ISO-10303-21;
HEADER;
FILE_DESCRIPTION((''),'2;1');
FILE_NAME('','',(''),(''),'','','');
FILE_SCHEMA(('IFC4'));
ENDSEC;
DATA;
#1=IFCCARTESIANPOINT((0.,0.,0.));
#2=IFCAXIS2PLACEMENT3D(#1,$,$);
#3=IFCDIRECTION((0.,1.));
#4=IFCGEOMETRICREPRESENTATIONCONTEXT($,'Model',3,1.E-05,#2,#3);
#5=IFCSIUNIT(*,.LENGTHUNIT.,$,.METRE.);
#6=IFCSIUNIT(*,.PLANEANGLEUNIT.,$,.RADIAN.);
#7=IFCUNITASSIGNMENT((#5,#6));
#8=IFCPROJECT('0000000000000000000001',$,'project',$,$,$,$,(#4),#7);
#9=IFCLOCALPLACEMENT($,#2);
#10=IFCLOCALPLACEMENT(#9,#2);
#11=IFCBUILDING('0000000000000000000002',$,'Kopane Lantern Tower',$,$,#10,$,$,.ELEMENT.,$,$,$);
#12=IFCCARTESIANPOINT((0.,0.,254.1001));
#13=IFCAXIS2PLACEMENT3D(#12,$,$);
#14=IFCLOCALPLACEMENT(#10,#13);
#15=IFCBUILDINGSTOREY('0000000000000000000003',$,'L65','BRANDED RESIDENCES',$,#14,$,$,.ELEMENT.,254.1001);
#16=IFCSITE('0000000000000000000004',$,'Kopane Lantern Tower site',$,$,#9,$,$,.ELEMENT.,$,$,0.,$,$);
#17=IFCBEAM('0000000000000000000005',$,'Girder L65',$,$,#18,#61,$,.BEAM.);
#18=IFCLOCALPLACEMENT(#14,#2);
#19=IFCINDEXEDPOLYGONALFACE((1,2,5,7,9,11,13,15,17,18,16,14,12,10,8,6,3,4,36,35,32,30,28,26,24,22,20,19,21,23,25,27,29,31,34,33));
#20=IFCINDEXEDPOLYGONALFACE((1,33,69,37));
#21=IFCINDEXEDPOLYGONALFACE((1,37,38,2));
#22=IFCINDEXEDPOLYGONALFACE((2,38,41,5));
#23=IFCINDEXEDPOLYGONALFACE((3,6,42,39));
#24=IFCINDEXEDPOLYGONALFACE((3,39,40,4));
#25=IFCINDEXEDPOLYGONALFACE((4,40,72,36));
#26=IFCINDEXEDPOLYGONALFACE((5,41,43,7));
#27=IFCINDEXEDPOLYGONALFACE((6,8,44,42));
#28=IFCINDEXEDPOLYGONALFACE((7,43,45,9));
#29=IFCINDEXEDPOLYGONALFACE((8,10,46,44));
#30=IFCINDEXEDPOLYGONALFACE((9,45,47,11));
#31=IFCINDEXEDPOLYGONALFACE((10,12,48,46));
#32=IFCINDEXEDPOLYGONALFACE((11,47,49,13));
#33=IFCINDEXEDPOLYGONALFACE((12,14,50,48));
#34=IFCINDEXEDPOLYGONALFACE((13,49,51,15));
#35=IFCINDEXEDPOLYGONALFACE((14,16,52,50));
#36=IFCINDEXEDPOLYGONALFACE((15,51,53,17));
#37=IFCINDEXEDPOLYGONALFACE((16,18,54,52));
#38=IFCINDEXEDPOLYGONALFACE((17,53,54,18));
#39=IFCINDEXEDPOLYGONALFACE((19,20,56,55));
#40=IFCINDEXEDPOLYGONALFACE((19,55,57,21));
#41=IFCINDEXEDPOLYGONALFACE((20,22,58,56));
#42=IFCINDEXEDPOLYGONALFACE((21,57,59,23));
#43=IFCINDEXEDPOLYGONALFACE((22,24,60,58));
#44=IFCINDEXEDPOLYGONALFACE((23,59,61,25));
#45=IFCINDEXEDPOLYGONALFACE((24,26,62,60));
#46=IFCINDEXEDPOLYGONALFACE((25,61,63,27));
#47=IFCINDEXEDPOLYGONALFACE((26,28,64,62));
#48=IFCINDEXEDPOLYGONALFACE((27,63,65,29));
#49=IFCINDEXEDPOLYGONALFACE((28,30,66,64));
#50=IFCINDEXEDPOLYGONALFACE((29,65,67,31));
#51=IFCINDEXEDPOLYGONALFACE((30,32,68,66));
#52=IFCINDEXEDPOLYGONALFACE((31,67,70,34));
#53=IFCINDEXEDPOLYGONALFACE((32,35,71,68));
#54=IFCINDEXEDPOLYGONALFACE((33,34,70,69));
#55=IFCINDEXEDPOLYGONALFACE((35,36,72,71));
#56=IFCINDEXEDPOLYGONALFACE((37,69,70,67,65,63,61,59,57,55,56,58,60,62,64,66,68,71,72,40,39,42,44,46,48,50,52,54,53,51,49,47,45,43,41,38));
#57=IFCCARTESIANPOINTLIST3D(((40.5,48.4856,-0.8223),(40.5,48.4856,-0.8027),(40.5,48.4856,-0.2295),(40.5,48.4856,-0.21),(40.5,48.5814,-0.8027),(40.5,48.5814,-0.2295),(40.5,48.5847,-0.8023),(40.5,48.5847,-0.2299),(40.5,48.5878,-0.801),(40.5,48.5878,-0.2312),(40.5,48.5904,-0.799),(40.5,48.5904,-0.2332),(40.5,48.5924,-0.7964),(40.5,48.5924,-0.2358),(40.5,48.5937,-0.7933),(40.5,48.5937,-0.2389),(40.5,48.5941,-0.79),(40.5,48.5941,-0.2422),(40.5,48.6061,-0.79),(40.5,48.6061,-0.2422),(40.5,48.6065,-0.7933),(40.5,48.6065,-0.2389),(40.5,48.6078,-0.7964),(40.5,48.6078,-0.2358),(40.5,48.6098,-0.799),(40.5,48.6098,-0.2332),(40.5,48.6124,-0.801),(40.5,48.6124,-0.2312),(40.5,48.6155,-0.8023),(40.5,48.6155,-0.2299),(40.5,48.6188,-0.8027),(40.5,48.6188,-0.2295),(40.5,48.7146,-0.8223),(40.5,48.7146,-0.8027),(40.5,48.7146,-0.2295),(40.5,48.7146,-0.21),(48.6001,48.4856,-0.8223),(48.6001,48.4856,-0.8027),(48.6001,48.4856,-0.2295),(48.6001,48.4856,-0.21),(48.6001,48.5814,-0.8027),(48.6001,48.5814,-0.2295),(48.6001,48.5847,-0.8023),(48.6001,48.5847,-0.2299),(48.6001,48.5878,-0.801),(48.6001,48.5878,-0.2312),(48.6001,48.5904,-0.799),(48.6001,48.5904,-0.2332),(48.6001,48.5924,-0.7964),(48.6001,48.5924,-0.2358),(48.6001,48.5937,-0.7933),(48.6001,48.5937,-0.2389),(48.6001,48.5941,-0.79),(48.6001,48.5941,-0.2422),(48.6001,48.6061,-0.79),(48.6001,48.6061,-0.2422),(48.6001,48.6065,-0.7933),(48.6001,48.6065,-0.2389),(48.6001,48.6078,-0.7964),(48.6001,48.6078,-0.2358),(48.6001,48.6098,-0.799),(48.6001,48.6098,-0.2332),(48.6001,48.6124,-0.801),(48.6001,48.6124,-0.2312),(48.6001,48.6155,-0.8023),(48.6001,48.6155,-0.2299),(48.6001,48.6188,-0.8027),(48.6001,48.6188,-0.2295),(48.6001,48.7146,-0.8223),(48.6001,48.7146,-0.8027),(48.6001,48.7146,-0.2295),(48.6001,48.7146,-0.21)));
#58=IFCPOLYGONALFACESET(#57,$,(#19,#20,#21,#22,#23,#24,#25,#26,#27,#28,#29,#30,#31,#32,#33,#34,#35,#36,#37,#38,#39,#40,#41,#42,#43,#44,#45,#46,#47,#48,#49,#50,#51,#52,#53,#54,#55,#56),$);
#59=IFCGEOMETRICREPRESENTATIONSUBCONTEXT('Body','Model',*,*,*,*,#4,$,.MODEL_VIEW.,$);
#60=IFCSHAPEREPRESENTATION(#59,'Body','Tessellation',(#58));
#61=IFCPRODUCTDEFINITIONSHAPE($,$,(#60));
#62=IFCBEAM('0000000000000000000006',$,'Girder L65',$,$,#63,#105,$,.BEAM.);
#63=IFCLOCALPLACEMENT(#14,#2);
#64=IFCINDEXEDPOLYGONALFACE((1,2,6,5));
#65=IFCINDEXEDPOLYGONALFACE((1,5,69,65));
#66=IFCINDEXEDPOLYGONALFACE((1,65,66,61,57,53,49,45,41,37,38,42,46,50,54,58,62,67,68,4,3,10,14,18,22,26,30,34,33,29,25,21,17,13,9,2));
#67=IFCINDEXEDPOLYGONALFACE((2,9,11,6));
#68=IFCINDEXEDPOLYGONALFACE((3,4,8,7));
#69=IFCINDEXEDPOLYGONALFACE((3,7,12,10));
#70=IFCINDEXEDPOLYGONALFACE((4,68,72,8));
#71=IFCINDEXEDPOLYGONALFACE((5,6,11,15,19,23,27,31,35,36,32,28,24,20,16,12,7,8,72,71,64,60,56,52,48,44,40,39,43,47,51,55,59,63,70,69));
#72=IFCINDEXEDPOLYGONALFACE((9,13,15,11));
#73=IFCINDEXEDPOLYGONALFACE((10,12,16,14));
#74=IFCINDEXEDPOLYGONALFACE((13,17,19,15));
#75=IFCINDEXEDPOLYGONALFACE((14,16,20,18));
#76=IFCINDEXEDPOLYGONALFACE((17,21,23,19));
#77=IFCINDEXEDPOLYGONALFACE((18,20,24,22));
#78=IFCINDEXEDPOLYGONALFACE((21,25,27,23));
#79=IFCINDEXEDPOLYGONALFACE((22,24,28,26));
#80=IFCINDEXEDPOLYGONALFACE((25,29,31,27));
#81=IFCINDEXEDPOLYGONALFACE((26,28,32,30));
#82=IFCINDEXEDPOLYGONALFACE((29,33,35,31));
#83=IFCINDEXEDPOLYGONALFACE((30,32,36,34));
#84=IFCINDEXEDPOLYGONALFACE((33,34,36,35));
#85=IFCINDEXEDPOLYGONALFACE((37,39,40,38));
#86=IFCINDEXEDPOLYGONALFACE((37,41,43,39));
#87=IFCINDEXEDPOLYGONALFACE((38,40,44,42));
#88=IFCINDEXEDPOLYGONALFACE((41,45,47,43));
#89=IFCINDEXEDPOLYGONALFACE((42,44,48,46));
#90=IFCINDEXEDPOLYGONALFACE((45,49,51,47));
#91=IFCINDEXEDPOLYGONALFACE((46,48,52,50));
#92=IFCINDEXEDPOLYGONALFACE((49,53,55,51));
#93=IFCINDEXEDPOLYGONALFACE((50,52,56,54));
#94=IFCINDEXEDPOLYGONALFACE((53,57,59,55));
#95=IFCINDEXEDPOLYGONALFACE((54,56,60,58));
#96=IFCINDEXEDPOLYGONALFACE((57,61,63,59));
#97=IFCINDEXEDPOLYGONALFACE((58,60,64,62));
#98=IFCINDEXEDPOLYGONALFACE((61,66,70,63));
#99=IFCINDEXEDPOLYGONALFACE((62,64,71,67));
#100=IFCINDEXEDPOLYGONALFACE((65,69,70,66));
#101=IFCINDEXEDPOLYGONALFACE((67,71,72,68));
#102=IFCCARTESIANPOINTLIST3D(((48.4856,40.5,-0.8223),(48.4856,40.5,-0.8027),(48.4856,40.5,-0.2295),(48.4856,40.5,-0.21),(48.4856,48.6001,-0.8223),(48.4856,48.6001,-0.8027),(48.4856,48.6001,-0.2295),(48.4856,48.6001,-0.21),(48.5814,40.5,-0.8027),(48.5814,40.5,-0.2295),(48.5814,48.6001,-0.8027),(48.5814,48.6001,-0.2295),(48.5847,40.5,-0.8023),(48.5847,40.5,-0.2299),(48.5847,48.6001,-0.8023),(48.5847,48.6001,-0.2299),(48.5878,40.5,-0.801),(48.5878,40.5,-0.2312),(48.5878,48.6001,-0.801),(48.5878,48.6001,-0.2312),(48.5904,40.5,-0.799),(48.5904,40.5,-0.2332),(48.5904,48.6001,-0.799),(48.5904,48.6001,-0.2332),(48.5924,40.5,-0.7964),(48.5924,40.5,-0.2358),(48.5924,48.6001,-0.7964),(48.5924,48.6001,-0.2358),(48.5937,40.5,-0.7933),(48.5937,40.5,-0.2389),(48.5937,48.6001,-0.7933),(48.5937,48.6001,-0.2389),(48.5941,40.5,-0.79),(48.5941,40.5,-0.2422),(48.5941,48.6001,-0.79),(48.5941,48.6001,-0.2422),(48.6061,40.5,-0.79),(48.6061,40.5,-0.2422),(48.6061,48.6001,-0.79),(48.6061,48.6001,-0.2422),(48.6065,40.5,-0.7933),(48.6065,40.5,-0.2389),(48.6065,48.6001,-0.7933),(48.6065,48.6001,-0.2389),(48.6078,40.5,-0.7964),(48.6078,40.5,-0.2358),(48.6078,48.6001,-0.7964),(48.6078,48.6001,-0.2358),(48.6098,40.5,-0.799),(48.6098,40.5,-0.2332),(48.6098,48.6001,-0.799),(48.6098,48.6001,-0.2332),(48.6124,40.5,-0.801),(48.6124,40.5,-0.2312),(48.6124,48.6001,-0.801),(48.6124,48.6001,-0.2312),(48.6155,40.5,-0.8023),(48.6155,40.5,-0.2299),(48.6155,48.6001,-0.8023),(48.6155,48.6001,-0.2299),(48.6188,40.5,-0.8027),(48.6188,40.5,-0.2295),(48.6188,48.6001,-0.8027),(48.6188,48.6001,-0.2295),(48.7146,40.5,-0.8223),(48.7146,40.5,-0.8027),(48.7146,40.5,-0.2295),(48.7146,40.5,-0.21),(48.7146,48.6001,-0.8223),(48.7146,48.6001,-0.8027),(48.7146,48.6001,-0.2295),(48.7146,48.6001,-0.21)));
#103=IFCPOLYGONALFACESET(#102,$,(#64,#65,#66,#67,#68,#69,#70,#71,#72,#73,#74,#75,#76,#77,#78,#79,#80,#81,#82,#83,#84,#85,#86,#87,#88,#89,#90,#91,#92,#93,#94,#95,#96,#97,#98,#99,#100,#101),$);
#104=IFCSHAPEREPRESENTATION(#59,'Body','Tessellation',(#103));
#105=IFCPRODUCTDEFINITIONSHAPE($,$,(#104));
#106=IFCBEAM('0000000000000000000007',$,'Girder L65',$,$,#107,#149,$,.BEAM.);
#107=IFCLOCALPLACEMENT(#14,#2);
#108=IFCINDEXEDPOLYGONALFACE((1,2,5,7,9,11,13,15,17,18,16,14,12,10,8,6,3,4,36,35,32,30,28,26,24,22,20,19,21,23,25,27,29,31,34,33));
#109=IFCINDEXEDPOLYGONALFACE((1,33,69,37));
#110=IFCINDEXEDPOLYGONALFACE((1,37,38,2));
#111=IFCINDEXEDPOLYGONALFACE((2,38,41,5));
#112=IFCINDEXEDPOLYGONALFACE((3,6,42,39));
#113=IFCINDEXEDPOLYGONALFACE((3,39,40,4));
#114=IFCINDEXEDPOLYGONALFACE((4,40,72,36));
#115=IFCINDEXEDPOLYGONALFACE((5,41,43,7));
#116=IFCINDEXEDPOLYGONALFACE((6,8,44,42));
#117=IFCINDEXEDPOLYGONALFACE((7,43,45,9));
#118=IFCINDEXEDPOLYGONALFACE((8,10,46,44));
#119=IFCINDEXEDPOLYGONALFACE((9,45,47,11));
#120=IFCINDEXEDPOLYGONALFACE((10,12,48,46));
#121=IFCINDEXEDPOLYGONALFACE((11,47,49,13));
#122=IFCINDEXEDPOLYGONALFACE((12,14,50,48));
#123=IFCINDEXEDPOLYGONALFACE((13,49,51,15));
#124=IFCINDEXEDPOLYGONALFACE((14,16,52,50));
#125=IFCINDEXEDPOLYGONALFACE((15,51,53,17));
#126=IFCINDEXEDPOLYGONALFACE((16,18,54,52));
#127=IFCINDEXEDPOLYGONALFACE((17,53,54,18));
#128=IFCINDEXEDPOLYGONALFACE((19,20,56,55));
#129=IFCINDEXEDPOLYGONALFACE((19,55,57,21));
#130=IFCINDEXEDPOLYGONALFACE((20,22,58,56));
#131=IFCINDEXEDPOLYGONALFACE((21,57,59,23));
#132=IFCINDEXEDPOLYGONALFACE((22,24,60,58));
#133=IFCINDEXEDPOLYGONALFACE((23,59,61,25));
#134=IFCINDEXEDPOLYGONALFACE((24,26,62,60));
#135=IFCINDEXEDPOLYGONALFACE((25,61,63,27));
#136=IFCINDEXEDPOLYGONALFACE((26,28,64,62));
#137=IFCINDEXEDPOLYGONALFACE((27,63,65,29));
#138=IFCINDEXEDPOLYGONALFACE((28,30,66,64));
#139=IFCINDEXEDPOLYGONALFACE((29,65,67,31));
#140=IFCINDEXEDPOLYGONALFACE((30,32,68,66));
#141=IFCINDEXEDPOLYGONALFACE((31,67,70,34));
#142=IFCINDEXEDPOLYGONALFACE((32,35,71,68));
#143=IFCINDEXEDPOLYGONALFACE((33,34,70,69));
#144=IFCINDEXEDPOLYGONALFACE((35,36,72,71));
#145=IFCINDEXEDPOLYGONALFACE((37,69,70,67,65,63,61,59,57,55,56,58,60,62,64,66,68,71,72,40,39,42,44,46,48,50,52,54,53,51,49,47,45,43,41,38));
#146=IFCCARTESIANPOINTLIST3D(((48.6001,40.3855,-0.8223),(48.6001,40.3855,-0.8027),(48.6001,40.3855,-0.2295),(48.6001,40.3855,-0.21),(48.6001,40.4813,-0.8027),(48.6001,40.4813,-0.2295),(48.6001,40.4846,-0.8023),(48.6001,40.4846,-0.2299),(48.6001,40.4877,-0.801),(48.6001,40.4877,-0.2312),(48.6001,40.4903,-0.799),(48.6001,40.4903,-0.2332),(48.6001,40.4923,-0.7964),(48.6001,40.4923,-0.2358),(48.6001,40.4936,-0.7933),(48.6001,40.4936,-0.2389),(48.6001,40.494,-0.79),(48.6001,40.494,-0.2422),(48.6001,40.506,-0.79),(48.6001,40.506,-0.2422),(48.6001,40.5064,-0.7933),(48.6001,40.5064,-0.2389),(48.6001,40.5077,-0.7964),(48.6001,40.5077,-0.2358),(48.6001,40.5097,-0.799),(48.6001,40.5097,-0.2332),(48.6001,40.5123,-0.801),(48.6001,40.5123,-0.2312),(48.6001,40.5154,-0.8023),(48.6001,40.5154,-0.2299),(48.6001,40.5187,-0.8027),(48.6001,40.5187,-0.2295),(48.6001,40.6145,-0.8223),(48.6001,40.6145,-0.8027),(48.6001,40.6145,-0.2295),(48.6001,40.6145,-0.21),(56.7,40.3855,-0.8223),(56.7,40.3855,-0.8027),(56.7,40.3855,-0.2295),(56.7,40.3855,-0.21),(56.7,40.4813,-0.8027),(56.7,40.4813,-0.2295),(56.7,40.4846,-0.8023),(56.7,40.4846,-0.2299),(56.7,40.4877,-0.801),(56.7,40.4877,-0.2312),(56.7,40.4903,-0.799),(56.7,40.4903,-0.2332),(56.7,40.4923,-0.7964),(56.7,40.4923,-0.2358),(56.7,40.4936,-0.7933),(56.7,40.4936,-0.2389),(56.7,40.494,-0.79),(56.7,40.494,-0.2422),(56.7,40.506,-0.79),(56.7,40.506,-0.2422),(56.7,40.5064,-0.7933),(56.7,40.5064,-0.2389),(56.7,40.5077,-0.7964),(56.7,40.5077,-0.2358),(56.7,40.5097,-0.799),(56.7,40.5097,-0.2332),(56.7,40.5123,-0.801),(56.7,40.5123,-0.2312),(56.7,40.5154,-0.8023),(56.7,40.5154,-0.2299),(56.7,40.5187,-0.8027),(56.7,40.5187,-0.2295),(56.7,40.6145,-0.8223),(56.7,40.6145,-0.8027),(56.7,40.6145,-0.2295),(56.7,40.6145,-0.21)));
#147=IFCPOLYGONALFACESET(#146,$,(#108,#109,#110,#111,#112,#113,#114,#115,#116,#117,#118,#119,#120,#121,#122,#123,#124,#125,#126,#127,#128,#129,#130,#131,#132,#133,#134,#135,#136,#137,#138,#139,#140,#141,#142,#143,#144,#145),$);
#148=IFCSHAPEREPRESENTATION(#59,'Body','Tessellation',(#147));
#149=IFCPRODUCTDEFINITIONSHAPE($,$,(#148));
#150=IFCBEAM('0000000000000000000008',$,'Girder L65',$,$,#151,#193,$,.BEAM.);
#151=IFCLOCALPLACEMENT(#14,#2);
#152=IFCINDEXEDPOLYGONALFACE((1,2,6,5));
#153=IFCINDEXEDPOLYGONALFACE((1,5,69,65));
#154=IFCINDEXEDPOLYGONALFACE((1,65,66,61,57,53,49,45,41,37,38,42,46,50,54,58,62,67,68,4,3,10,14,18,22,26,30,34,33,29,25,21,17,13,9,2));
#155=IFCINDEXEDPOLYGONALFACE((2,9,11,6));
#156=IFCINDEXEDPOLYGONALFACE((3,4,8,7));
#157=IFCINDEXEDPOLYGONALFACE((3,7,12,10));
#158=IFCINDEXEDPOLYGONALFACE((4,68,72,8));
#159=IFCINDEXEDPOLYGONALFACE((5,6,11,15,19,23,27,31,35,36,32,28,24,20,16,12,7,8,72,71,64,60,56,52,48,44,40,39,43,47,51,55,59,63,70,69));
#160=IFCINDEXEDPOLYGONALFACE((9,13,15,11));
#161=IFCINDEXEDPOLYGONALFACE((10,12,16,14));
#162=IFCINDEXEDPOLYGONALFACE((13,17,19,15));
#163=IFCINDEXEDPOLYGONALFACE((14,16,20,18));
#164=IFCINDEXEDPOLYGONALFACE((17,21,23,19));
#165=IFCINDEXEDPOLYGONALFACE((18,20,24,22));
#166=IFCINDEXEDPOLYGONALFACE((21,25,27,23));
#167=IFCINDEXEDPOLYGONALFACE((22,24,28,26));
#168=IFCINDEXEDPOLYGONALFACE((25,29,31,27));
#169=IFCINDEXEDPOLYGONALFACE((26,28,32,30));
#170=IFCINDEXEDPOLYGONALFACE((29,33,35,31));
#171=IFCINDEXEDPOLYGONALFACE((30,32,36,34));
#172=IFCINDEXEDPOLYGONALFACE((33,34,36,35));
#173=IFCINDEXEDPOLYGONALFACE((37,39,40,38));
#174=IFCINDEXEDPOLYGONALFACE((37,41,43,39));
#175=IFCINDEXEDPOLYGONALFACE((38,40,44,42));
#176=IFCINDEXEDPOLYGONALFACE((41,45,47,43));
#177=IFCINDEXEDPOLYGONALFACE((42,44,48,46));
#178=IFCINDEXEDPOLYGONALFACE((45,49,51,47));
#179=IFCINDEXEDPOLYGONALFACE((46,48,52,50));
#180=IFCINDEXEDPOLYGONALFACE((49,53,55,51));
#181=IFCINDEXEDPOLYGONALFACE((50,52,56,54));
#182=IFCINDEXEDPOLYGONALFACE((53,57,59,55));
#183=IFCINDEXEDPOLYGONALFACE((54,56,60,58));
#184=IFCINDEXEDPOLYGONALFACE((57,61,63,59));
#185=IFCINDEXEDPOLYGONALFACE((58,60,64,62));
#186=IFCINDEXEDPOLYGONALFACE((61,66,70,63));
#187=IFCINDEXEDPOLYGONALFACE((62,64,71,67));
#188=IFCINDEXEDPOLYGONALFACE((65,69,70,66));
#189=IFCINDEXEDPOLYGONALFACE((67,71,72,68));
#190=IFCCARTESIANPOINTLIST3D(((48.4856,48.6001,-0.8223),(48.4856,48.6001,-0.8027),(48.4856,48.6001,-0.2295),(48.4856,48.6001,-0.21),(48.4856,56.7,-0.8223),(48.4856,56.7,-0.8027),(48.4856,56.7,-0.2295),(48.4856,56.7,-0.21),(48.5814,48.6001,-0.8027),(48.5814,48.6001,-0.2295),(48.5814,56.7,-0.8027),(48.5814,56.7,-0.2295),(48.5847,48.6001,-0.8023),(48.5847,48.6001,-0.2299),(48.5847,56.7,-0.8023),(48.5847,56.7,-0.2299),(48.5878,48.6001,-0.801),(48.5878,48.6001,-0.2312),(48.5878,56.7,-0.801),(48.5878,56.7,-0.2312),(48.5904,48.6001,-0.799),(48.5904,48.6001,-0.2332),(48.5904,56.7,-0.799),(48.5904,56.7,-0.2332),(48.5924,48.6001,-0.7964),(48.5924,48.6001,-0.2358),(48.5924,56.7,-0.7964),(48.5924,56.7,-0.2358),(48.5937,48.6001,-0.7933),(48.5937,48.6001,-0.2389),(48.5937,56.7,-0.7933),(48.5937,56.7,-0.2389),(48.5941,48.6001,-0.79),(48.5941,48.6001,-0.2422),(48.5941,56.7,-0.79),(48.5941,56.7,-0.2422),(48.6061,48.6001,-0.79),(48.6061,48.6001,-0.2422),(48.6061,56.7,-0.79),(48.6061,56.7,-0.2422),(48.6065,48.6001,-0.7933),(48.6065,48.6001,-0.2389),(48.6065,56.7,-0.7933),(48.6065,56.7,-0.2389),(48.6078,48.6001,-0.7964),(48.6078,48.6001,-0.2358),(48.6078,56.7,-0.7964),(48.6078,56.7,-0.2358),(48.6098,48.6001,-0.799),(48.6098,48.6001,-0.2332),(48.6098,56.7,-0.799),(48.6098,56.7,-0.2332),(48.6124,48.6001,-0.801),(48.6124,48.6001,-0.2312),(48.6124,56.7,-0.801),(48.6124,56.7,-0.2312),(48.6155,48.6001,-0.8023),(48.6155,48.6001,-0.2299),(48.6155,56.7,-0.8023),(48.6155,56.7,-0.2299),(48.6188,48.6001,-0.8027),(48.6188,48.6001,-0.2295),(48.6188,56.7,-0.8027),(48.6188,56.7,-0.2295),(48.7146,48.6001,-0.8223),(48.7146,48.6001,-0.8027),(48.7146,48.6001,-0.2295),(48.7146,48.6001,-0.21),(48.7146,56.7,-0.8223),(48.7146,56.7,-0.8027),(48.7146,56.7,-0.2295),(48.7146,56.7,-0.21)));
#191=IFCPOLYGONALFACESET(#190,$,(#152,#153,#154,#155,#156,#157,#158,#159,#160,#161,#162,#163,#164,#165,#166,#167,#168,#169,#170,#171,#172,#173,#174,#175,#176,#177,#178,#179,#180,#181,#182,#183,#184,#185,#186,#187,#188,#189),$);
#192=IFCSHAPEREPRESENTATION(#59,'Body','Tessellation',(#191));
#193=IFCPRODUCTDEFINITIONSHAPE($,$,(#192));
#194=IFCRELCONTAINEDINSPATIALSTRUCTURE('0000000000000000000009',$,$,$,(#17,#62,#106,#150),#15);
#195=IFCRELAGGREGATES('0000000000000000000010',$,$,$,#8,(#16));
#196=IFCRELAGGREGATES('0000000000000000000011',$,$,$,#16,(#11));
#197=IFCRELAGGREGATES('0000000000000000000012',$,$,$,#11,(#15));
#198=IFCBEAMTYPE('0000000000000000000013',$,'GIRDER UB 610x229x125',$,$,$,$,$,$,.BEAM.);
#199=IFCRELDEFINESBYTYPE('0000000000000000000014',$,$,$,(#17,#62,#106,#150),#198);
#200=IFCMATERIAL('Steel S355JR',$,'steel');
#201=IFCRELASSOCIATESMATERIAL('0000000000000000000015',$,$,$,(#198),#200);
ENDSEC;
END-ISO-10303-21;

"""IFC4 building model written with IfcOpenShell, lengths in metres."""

from ifc_helpers import new_model, si_unit, direction, frame, origin, origin_2d, place, context, subcontext, project, spatial, i_section, extrude, material, material_profile, profile_set, type_object, element, save


model = new_model("IFC4")

# Units and contexts
model_context = context("Model", 3, precision=1e-05, world=origin(), true_north=direction((0.0, 1.0)))
body_context = subcontext(model_context, "Body", "Model", "MODEL_VIEW")
ifc_project = project(units=[si_unit("LENGTHUNIT", "METRE"), si_unit("PLANEANGLEUNIT", "RADIAN")], contexts=[model_context])

# Site, building, storey
site_placement = place(None, origin())
site = spatial("IfcSite", under=ifc_project, at=site_placement, Name="Kopane Lantern Tower site", CompositionType="ELEMENT", RefElevation=0.0)
building_placement = place(site_placement, origin())
building = spatial("IfcBuilding", under=site, at=building_placement, Name="Kopane Lantern Tower", CompositionType="ELEMENT")
storey_placement = place(building_placement, frame((0.0, 0.0, 254.1001)))
storey = spatial("IfcBuildingStorey", under=building, at=storey_placement, Name="L65", Description="BRANDED RESIDENCES", CompositionType="ELEMENT", Elevation=254.1001)

# Beams
ifc_material_1 = material(Name="Steel S355JR", Category="steel")
ifc_material_profile_1 = material_profile(ifc_material_1, i_section(OverallWidth=0.229, OverallDepth=0.6123, WebThickness=0.012, FlangeThickness=0.0195, FilletRadius=0.0127, at=origin_2d()), Name="UB 610x229x125")
ifc_profile_set_1 = profile_set([ifc_material_profile_1], Name="Steel S355JR")
beam_type = type_object("IfcBeamType", Name="GIRDER UB 610x229x125", PredefinedType="BEAM", material=ifc_profile_set_1)
for number, where, z_axis, x_axis, name in (
    (1, (40.5, 48.6001, -0.5161), (1.0, 0.0, 0.0), (0.0, 1.0, 0.0), "Girder L65"),
    (2, (48.6001, 40.5, -0.5161), (0.0, 1.0, 0.0), (-1.0, 0.0, 0.0), "Girder L65"),
):
    element("IfcBeam", number, at=place(storey_placement, frame(where, z_axis=z_axis, x_axis=x_axis)), inside=storey, type_object=beam_type, Name=name, PredefinedType="BEAM", context=body_context, shape_type="SweptSolid", body=[
        extrude(i_section(OverallWidth=0.229, OverallDepth=0.6123, WebThickness=0.012, FlangeThickness=0.0195, FilletRadius=0.0127, at=origin_2d()), origin(), (0.0, 0.0, 1.0), 8.1001),
    ])
for number, where, z_axis, x_axis, name in (
    (3, (48.6001, 40.5, -0.5161), (1.0, 0.0, 0.0), (0.0, 1.0, 0.0), "Girder L65"),
    (4, (48.6001, 48.6001, -0.5161), (0.0, 1.0, 0.0), (-1.0, 0.0, 0.0), "Girder L65"),
):
    element("IfcBeam", number, at=place(storey_placement, frame(where, z_axis=z_axis, x_axis=x_axis)), inside=storey, type_object=beam_type, Name=name, PredefinedType="BEAM", context=body_context, shape_type="SweptSolid", body=[
        extrude(i_section(OverallWidth=0.229, OverallDepth=0.6123, WebThickness=0.012, FlangeThickness=0.0195, FilletRadius=0.0127, at=origin_2d()), origin(), (0.0, 0.0, 1.0), 8.0999),
    ])

save(model, "model.ifc")
